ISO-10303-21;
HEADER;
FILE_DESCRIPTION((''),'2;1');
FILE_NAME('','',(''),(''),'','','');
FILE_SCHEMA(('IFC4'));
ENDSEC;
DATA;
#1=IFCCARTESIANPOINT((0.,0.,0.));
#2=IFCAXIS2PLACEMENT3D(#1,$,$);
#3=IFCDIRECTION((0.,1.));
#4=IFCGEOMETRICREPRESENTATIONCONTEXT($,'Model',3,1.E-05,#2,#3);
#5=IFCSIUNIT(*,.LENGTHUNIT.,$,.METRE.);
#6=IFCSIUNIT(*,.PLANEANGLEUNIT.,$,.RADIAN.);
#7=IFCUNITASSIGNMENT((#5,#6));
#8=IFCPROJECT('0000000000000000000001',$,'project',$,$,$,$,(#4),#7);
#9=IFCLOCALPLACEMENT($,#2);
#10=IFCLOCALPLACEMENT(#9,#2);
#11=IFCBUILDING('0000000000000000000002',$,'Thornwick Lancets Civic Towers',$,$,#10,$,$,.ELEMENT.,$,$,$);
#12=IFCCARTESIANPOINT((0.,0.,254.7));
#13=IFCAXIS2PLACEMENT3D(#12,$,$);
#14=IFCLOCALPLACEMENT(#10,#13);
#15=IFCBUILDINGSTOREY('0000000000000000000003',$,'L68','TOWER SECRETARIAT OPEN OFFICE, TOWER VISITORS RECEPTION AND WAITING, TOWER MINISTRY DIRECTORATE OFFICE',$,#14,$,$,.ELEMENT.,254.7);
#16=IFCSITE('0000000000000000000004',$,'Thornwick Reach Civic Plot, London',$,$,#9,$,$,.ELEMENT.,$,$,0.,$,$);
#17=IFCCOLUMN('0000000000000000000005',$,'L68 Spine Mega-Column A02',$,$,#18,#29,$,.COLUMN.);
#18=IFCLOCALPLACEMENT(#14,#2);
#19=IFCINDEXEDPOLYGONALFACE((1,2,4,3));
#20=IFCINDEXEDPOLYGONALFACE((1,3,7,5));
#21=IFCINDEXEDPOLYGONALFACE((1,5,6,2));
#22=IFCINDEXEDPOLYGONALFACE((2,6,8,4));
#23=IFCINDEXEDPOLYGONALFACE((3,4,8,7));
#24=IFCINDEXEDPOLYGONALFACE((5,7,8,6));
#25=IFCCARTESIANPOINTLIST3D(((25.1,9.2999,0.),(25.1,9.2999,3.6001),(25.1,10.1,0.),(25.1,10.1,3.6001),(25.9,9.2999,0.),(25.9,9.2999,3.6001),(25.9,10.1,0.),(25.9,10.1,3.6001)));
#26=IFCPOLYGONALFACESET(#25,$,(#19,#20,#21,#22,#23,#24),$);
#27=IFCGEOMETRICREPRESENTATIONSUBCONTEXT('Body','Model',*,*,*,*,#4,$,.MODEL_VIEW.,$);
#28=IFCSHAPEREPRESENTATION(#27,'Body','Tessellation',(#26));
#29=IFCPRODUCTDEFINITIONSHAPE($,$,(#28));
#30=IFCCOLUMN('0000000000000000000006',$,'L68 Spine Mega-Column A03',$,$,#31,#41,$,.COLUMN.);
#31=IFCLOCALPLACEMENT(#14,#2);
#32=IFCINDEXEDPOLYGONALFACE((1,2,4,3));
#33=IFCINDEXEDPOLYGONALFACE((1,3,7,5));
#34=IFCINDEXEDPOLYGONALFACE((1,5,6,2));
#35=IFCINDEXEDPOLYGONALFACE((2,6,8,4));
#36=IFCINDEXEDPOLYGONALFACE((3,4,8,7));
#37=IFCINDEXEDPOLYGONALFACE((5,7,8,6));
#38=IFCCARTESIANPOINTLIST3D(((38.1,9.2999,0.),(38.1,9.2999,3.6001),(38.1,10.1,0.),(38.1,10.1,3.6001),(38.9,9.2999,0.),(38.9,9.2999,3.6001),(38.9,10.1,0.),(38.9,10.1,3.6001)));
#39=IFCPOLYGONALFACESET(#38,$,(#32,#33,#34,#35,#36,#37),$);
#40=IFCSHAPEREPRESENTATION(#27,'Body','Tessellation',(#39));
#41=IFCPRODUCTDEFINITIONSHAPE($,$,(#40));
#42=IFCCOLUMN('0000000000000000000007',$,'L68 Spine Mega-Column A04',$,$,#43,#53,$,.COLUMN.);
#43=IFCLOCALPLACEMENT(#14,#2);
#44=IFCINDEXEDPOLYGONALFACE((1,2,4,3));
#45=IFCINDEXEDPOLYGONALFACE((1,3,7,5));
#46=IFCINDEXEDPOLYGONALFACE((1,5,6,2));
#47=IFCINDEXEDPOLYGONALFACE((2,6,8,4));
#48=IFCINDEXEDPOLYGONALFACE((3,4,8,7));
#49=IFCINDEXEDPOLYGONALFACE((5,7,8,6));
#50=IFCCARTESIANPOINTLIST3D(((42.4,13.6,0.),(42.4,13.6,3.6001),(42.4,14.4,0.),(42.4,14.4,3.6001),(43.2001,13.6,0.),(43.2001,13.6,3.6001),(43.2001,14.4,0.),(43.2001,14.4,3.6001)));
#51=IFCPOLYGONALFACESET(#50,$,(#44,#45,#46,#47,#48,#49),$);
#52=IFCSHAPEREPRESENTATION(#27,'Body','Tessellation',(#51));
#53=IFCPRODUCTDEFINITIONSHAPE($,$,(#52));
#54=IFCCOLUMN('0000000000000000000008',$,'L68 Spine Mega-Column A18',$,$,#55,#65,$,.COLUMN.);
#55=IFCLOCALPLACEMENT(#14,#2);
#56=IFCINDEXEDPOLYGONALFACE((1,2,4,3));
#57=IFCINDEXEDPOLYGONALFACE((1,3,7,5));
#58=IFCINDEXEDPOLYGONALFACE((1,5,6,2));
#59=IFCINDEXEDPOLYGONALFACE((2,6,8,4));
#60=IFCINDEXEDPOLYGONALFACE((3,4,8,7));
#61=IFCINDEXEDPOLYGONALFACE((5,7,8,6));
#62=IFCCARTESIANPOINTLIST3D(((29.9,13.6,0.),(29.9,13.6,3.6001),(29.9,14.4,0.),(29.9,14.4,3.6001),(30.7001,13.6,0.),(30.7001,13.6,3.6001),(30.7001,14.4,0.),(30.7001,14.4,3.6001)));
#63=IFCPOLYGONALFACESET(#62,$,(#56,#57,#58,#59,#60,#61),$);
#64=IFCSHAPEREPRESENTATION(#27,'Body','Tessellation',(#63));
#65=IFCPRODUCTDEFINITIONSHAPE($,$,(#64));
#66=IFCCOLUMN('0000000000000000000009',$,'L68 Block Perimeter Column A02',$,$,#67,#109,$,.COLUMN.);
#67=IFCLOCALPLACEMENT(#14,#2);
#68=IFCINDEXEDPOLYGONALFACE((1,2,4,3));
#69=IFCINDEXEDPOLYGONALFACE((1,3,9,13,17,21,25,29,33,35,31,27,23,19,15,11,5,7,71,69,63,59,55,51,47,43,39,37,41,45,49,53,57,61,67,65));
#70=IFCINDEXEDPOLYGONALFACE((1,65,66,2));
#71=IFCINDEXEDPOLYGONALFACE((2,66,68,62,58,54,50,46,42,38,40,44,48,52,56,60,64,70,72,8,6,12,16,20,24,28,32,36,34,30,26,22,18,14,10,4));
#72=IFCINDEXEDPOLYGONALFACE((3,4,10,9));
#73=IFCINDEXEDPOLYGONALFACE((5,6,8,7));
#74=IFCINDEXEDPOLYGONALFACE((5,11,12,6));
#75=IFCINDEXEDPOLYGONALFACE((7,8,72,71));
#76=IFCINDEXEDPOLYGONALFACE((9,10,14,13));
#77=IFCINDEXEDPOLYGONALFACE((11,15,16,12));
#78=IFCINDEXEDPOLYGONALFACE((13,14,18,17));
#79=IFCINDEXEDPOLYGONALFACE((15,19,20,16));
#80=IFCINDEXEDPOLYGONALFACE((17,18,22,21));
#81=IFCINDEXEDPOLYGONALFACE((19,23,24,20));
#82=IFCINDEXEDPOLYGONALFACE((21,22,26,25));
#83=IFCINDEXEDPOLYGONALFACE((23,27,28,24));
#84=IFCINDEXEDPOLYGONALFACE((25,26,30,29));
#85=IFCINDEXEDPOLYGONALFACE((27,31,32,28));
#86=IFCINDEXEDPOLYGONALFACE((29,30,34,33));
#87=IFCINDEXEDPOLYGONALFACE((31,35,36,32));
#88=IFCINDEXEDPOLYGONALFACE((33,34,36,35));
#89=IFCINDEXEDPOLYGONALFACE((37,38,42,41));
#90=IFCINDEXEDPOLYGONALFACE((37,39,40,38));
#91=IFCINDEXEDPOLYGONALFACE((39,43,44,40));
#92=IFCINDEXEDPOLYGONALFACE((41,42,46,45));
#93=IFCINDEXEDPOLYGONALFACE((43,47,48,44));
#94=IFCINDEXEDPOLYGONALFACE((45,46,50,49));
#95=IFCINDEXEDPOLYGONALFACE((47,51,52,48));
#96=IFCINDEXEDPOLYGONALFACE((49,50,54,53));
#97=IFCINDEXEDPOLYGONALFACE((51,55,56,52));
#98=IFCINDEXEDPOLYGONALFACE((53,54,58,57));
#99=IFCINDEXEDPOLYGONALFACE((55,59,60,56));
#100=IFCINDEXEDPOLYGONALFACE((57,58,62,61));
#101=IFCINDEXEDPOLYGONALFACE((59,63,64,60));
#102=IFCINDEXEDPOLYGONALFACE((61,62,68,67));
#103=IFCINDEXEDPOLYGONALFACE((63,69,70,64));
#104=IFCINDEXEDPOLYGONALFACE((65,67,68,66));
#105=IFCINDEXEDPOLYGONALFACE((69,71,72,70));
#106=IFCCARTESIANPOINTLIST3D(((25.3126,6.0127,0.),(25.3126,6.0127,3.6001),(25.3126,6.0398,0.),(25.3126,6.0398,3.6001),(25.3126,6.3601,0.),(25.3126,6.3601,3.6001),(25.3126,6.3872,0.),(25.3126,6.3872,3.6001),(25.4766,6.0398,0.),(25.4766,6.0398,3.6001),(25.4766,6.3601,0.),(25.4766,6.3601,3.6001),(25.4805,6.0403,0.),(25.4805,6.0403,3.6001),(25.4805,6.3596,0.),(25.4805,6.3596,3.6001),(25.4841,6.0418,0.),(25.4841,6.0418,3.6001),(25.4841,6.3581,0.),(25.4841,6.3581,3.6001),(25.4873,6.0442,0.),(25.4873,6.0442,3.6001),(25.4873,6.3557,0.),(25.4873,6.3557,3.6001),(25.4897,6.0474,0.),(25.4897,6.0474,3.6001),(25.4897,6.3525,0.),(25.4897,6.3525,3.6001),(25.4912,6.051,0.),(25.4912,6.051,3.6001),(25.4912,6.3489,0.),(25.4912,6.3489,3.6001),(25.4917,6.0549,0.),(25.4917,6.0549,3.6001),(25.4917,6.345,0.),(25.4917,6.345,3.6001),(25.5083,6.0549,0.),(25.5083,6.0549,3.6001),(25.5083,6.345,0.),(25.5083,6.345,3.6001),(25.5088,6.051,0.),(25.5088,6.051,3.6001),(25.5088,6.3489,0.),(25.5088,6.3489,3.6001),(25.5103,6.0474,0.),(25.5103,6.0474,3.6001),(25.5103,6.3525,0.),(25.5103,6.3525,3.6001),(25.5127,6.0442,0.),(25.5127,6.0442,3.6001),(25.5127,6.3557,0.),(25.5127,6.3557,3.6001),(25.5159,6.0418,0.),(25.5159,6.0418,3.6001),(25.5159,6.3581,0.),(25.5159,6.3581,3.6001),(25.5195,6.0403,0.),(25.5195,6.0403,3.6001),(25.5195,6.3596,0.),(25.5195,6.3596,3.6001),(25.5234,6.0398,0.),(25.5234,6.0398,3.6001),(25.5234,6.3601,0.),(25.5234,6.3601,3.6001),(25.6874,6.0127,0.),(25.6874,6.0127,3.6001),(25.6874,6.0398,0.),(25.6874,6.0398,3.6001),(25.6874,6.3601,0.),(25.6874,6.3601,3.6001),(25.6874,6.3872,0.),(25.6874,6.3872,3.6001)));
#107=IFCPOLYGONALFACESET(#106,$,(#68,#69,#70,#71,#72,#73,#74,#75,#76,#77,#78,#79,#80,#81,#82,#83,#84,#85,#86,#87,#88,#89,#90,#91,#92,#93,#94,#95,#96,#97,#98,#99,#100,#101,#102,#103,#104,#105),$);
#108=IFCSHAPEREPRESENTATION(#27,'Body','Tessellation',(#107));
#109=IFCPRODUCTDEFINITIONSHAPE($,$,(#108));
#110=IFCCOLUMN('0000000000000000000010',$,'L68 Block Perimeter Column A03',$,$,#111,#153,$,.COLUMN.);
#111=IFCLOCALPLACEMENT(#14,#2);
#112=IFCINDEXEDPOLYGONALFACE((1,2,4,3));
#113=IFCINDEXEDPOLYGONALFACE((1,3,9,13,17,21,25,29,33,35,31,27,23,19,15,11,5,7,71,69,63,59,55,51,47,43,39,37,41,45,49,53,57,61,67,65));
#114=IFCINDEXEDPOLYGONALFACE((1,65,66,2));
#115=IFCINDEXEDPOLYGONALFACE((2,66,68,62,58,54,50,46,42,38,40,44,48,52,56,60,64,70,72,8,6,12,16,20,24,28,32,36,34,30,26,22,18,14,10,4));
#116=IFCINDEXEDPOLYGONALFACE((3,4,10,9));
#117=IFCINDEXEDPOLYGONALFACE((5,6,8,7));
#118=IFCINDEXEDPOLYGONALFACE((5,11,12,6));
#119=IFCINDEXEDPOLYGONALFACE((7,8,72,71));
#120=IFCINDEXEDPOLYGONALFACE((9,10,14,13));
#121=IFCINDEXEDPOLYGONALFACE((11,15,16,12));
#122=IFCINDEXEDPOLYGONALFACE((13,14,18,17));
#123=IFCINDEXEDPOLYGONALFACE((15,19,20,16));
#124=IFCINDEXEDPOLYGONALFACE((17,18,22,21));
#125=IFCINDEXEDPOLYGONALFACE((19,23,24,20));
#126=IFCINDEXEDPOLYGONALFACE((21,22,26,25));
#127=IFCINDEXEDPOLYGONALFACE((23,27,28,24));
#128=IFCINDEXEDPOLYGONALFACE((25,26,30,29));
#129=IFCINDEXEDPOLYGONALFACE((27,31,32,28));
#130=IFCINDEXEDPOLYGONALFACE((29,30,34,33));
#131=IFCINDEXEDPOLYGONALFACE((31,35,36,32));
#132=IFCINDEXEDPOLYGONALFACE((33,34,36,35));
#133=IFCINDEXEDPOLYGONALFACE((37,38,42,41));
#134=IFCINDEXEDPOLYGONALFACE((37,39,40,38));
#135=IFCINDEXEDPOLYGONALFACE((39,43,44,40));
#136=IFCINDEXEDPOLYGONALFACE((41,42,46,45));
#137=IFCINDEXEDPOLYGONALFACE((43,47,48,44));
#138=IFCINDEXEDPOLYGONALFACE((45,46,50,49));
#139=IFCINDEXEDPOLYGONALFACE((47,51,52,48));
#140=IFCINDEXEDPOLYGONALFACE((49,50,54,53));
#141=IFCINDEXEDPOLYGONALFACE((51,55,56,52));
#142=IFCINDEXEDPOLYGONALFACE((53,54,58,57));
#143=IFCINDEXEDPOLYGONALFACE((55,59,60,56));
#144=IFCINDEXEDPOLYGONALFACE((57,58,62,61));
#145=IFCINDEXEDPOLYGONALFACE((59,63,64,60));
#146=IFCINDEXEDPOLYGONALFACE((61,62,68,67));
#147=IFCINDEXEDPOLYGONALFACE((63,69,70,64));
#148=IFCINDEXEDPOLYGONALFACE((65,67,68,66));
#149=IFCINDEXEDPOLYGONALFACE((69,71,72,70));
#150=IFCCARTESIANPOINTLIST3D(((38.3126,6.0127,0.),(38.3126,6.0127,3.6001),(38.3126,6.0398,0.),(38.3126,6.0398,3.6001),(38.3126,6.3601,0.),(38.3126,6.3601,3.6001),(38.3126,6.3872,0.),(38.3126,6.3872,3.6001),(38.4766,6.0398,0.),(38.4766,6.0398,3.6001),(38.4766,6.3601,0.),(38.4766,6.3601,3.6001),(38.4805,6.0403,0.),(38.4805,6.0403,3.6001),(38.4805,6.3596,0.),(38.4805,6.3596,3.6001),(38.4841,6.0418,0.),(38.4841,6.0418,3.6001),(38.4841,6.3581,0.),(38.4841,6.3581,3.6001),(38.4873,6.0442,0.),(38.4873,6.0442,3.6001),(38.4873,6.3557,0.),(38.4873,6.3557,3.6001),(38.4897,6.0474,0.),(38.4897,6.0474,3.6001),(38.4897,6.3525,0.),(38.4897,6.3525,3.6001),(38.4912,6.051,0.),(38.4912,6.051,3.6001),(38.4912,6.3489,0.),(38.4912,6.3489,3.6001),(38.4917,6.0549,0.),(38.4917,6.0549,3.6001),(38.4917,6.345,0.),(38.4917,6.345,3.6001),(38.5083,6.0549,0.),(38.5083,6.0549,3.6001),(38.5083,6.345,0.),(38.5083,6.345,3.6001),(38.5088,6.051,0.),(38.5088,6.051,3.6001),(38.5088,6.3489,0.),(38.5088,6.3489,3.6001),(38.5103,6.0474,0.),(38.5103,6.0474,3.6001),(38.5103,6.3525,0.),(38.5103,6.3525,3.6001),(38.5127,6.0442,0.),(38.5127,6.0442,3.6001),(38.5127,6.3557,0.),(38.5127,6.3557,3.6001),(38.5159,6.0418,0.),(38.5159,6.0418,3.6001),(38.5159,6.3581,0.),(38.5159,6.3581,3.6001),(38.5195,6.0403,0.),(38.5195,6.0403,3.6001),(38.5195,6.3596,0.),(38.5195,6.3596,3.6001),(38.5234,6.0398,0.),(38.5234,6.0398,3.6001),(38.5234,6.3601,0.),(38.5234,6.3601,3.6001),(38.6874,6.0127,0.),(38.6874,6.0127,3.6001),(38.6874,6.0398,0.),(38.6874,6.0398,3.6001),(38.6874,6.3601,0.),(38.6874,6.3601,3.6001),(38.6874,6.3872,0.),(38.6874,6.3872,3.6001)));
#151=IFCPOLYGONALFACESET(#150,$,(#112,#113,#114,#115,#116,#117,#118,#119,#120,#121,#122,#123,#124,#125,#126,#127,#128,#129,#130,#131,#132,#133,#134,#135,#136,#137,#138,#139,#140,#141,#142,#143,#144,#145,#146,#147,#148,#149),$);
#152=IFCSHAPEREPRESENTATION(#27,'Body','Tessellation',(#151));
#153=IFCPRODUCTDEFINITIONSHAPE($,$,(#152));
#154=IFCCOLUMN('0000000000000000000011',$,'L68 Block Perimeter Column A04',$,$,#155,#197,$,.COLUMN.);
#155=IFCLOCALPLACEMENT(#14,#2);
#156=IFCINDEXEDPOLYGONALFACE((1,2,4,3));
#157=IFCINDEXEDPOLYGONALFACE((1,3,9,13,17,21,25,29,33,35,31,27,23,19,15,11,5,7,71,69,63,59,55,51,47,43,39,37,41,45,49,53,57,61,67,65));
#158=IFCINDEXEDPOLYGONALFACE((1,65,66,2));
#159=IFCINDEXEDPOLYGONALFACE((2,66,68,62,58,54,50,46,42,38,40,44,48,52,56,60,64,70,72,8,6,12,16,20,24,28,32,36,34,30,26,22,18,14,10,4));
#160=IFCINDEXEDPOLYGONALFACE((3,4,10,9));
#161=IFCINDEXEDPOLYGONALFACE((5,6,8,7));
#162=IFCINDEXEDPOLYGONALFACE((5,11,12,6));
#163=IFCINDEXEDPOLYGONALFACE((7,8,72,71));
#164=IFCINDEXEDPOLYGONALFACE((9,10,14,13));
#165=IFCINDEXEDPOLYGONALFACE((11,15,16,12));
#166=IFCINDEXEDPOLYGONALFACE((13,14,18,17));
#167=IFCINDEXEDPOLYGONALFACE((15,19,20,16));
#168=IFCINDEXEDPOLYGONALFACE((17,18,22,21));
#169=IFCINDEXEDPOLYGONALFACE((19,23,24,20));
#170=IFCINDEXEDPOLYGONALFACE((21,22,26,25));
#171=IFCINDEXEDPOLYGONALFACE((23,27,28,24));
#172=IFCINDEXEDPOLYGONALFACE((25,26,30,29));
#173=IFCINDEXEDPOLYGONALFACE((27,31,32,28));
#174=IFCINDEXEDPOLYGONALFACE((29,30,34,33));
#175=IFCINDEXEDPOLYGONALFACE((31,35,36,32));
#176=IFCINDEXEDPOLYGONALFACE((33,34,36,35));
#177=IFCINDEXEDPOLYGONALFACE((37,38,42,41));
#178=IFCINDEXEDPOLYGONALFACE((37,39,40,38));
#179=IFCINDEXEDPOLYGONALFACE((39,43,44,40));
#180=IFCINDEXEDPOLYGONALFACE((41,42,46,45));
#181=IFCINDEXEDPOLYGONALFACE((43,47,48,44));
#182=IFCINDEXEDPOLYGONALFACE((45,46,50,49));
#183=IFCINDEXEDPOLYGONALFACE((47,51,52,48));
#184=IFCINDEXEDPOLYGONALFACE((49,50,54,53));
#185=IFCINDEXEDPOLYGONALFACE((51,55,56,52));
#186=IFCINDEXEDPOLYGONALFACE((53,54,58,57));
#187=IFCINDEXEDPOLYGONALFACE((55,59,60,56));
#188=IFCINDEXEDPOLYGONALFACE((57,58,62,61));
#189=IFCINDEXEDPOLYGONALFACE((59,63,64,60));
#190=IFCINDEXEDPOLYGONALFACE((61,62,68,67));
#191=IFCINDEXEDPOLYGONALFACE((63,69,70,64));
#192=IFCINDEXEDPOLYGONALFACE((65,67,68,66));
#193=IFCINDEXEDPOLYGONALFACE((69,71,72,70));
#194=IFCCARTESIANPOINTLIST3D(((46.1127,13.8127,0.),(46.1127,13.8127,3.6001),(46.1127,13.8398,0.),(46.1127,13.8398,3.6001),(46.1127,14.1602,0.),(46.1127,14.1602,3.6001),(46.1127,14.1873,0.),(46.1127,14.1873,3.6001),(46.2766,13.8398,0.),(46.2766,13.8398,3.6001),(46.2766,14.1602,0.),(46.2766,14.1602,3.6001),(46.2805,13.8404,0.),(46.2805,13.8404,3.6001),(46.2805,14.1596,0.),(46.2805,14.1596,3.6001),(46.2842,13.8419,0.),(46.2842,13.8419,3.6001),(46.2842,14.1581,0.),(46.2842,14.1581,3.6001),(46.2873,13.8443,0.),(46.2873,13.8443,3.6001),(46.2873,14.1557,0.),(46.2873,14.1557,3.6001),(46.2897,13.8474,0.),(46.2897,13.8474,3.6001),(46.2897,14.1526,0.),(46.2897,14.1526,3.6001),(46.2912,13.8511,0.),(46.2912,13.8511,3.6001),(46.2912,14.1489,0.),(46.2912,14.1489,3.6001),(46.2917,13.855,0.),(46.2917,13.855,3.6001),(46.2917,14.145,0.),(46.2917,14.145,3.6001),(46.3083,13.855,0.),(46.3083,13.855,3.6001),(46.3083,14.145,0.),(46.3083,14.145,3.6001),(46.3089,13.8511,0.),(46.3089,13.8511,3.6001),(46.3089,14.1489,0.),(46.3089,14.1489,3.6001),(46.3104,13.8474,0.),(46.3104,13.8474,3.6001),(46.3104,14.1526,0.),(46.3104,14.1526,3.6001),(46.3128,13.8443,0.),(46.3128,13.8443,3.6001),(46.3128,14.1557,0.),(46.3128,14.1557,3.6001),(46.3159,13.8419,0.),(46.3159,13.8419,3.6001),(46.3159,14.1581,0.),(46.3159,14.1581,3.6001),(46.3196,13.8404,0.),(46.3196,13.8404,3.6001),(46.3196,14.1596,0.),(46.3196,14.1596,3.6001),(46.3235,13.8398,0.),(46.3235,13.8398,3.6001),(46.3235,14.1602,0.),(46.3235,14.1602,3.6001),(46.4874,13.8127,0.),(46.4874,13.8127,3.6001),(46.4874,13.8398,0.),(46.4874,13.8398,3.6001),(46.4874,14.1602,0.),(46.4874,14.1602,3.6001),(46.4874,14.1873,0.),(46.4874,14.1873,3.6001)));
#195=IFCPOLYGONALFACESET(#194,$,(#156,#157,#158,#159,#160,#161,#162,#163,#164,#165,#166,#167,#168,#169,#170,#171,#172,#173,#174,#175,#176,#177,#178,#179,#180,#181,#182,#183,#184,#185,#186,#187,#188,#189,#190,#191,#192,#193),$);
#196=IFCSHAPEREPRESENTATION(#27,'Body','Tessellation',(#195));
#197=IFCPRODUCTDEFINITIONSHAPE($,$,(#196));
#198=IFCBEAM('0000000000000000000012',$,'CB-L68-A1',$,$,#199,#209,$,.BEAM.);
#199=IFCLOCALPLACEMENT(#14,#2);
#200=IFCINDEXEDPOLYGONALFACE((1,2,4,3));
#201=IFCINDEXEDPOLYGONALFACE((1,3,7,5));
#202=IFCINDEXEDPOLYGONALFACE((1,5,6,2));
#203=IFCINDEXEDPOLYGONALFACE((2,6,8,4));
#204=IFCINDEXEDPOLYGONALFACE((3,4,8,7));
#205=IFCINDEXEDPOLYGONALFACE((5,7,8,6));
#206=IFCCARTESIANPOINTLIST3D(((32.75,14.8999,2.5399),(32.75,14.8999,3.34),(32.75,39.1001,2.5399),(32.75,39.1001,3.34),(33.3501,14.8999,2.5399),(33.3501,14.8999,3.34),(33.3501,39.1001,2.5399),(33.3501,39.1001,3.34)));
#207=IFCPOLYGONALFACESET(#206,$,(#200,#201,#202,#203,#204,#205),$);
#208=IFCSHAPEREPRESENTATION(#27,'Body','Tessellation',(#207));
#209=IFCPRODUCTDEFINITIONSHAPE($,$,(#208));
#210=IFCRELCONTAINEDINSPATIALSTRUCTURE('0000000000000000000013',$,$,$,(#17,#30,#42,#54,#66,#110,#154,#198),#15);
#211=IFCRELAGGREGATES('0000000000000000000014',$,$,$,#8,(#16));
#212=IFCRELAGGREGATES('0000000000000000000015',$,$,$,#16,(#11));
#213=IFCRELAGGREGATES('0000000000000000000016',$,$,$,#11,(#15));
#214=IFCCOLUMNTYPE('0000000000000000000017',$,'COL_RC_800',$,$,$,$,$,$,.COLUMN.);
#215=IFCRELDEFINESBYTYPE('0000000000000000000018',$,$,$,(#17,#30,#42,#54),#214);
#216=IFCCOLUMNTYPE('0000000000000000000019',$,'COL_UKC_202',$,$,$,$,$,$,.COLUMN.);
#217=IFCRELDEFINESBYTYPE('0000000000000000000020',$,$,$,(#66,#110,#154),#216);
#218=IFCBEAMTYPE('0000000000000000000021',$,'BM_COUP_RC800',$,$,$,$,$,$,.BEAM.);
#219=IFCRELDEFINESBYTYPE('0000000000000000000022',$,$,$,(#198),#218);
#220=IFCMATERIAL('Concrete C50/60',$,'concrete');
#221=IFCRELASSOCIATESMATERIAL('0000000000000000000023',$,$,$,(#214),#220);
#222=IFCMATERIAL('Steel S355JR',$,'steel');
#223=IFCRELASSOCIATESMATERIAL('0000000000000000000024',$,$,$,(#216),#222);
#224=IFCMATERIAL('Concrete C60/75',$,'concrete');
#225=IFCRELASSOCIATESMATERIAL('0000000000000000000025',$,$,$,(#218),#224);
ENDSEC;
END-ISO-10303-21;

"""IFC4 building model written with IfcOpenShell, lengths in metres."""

from ifc_helpers import new_model, si_unit, direction, frame, origin, origin_2d, place, context, subcontext, project, spatial, rectangle, i_section, extrude, material, material_profile, profile_set, type_object, element, save


model = new_model("IFC4")

# Units and contexts
model_context = context("Model", 3, precision=1e-05, world=origin(), true_north=direction((0.0, 1.0)))
body_context = subcontext(model_context, "Body", "Model", "MODEL_VIEW")
ifc_project = project(units=[si_unit("LENGTHUNIT", "METRE"), si_unit("PLANEANGLEUNIT", "RADIAN")], contexts=[model_context])

# Site, building, storey
site_placement = place(None, origin())
site = spatial("IfcSite", under=ifc_project, at=site_placement, Name="Thornwick Reach Civic Plot, London", CompositionType="ELEMENT", RefElevation=0.0)
building_placement = place(site_placement, origin())
building = spatial("IfcBuilding", under=site, at=building_placement, Name="Thornwick Lancets Civic Towers", CompositionType="ELEMENT")
storey_placement = place(building_placement, frame((0.0, 0.0, 254.7)))
storey = spatial("IfcBuildingStorey", under=building, at=storey_placement, Name="L68", Description="TOWER SECRETARIAT OPEN OFFICE, TOWER VISITORS RECEPTION AND WAITING, TOWER MINISTRY DIRECTORATE OFFICE", CompositionType="ELEMENT", Elevation=254.7)

# Columns
ifc_material_1 = material(Name="Concrete C50/60", Category="concrete")
ifc_material_profile_1 = material_profile(ifc_material_1, rectangle(XDim=0.8, YDim=0.8, at=origin_2d()), Name="RC 800x800")
ifc_profile_set_1 = profile_set([ifc_material_profile_1], Name="Concrete C50/60")
column_type_1 = type_object("IfcColumnType", Name="COL_RC_800", PredefinedType="COLUMN", material=ifc_profile_set_1)
for number, where, z_axis, x_axis, name in (
    (1, (25.5, 9.7, 0.0), (0.0, 0.0, 1.0), (1.0, 0.0, 0.0), "L68 Spine Mega-Column A02"),
    (2, (38.5, 9.7, 0.0), (0.0, 0.0, 1.0), (1.0, 0.0, 0.0), "L68 Spine Mega-Column A03"),
    (3, (42.8, 14.0, 0.0), (0.0, 0.0, 1.0), (1.0, 0.0, 0.0), "L68 Spine Mega-Column A04"),
    (4, (30.3, 14.0, 0.0), (0.0, 0.0, 1.0), (1.0, 0.0, 0.0), "L68 Spine Mega-Column A18"),
):
    element("IfcColumn", number, at=place(storey_placement, frame(where, z_axis=z_axis, x_axis=x_axis)), inside=storey, type_object=column_type_1, Name=name, PredefinedType="COLUMN", context=body_context, shape_type="SweptSolid", body=[
        extrude(rectangle(XDim=0.8, YDim=0.8, at=origin_2d()), origin(), (0.0, 0.0, 1.0), 3.6001),
    ])
ifc_material_2 = material(Name="Steel S355JR", Category="steel")
ifc_material_profile_2 = material_profile(ifc_material_2, i_section(OverallWidth=0.3748, OverallDepth=0.3745, WebThickness=0.0166, FlangeThickness=0.0271, FilletRadius=0.0151, at=origin_2d()), Name="UKC 356x368x202")
ifc_profile_set_2 = profile_set([ifc_material_profile_2], Name="Steel S355JR")
column_type_2 = type_object("IfcColumnType", Name="COL_UKC_202", PredefinedType="COLUMN", material=ifc_profile_set_2)
for number, where, z_axis, x_axis, name in (
    (5, (25.5, 6.2, 0.0), (0.0, 0.0, 1.0), (1.0, 0.0, 0.0), "L68 Block Perimeter Column A02"),
    (6, (38.5, 6.2, 0.0), (0.0, 0.0, 1.0), (1.0, 0.0, 0.0), "L68 Block Perimeter Column A03"),
    (7, (46.3, 14.0, 0.0), (0.0, 0.0, 1.0), (1.0, 0.0, 0.0), "L68 Block Perimeter Column A04"),
):
    element("IfcColumn", number, at=place(storey_placement, frame(where, z_axis=z_axis, x_axis=x_axis)), inside=storey, type_object=column_type_2, Name=name, PredefinedType="COLUMN", context=body_context, shape_type="SweptSolid", body=[
        extrude(i_section(OverallWidth=0.3748, OverallDepth=0.3745, WebThickness=0.0166, FlangeThickness=0.0271, FilletRadius=0.0151, at=origin_2d()), origin(), (0.0, 0.0, 1.0), 3.6001),
    ])

# Beam
ifc_material_3 = material(Name="Concrete C60/75", Category="concrete")
ifc_material_profile_3 = material_profile(ifc_material_3, rectangle(XDim=0.6001, YDim=0.8, at=origin_2d()), Name="RC 600x800")
ifc_profile_set_3 = profile_set([ifc_material_profile_3], Name="Concrete C60/75")
beam_type_1 = type_object("IfcBeamType", Name="BM_COUP_RC800", PredefinedType="BEAM", material=ifc_profile_set_3)
beam_1_placement = place(storey_placement, frame((33.05, 14.8999, 2.9399), z_axis=(0.0, 1.0, 0.0), x_axis=(-1.0, 0.0, 0.0)))
element("IfcBeam", 8, at=beam_1_placement, inside=storey, type_object=beam_type_1, Name="CB-L68-A1", PredefinedType="BEAM", context=body_context, shape_type="SweptSolid", body=[
    extrude(rectangle(XDim=0.6001, YDim=0.8, at=origin_2d()), origin(), (0.0, 0.0, 1.0), 24.2002),
])

save(model, "model.ifc")
